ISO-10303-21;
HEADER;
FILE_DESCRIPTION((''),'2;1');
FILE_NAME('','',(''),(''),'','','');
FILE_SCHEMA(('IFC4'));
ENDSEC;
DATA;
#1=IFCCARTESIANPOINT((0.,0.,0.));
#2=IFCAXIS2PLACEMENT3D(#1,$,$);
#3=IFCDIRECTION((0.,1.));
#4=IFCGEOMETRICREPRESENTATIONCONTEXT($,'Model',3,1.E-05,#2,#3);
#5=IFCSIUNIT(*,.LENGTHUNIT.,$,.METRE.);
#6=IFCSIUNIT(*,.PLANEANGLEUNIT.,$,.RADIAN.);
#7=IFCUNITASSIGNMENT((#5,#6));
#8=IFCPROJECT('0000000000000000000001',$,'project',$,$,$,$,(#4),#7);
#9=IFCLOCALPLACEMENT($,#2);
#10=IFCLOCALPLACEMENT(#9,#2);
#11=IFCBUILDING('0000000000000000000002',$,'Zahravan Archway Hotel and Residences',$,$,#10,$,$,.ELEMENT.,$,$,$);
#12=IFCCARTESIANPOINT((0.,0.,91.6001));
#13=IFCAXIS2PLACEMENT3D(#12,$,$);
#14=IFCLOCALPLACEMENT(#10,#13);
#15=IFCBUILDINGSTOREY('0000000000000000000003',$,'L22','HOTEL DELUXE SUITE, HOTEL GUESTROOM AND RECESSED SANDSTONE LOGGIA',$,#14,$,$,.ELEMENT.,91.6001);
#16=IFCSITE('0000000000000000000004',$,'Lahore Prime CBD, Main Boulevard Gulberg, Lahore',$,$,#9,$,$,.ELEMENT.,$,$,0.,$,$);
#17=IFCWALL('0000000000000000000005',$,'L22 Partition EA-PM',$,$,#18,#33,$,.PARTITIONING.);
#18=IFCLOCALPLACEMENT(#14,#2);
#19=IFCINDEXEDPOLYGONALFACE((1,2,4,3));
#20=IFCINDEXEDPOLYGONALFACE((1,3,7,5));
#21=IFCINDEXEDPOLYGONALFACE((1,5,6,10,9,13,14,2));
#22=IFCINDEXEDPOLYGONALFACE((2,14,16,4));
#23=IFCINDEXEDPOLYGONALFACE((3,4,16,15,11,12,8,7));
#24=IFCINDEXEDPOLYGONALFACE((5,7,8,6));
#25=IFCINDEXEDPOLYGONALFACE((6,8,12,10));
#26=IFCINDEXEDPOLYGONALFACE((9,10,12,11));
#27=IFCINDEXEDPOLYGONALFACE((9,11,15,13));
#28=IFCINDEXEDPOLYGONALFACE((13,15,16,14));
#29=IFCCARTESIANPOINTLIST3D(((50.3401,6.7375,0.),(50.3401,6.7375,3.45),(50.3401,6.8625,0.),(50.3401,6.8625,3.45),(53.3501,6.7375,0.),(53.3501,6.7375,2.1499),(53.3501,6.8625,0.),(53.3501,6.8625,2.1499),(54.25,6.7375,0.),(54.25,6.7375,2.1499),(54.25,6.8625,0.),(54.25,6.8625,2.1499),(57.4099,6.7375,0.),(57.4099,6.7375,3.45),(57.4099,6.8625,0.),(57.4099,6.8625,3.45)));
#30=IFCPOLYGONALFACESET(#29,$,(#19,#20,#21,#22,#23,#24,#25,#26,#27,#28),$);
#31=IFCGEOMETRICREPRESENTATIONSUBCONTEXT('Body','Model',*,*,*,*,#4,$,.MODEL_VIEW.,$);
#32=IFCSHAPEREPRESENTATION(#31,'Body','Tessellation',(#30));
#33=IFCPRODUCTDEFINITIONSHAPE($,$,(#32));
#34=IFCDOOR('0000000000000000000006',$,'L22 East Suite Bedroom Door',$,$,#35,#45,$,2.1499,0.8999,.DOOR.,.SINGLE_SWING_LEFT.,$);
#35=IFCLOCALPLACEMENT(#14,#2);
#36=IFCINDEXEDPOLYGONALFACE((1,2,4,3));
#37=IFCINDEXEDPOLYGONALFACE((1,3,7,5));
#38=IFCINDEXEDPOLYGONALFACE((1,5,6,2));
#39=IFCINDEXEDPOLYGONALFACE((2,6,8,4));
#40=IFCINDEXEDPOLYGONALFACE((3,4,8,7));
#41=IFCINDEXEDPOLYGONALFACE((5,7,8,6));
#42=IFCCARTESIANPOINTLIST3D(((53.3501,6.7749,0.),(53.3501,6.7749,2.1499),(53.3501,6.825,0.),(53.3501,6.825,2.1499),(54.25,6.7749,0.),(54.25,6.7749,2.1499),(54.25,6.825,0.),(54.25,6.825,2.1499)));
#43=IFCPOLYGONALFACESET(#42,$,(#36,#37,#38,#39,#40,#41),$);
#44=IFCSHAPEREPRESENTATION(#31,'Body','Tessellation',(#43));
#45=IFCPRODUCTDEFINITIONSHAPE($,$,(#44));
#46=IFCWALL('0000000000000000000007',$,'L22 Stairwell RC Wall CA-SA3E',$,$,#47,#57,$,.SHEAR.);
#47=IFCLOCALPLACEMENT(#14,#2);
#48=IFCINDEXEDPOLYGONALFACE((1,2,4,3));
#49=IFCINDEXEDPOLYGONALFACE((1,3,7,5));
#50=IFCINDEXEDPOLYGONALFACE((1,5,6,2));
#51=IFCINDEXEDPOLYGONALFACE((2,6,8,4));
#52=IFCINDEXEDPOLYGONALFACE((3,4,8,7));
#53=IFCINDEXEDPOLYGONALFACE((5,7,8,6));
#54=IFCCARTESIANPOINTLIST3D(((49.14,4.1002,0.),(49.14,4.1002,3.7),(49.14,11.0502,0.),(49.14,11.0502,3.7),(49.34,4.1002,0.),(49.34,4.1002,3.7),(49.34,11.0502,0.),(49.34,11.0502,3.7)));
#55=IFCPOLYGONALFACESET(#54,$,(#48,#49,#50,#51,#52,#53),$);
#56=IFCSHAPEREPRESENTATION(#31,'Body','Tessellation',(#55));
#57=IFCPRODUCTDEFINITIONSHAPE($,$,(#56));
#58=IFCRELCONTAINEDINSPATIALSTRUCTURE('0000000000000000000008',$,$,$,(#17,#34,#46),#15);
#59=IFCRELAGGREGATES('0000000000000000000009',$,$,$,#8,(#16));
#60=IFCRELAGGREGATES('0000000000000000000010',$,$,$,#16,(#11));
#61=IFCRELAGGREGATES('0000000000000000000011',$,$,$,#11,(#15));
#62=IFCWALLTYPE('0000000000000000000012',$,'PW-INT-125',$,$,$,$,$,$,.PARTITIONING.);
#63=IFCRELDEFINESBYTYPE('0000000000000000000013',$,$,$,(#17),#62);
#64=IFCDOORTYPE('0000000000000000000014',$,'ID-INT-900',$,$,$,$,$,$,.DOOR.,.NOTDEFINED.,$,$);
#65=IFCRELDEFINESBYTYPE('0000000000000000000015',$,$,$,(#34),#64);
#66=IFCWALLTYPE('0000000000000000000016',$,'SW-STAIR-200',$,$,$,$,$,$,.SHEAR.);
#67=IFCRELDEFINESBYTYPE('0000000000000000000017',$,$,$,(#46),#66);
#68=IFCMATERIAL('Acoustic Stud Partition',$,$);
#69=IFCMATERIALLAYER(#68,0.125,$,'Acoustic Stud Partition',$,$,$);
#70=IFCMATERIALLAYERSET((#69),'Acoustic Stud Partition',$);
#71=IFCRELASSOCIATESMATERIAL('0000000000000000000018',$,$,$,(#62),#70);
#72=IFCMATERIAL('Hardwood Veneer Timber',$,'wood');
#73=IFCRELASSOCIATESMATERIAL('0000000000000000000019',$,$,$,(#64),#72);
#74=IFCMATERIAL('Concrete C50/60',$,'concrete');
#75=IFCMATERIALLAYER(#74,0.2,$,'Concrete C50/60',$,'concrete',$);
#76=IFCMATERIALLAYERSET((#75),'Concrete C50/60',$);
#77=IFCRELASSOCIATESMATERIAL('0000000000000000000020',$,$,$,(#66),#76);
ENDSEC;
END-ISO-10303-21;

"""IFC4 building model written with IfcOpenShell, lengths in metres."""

from ifc_helpers import new_model, si_unit, direction, frame, frame_2d, origin, place, context, subcontext, project, spatial, rectangle, extrude, source, transform, mapped, material, layer, layer_set, type_object, type_shapes, element, fill, save


model = new_model("IFC4")

# Units and contexts
model_context = context("Model", 3, precision=1e-05, world=origin(), true_north=direction((0.0, 1.0)))
body_context = subcontext(model_context, "Body", "Model", "MODEL_VIEW")
ifc_project = project(units=[si_unit("LENGTHUNIT", "METRE"), si_unit("PLANEANGLEUNIT", "RADIAN")], contexts=[model_context])

# Site, building, storey
site_placement = place(None, origin())
site = spatial("IfcSite", under=ifc_project, at=site_placement, Name="Lahore Prime CBD, Main Boulevard Gulberg, Lahore", CompositionType="ELEMENT", RefElevation=0.0)
building_placement = place(site_placement, origin())
building = spatial("IfcBuilding", under=site, at=building_placement, Name="Zahravan Archway Hotel and Residences", CompositionType="ELEMENT")
storey_placement = place(building_placement, frame((0.0, 0.0, 91.6001)))
storey = spatial("IfcBuildingStorey", under=building, at=storey_placement, Name="L22", Description="HOTEL DELUXE SUITE, HOTEL GUESTROOM AND RECESSED SANDSTONE LOGGIA", CompositionType="ELEMENT", Elevation=91.6001)

# Wall, opening, door
ifc_material_1 = material(Name="Acoustic Stud Partition")
ifc_layer_1 = layer(ifc_material_1, 0.125, Name="Acoustic Stud Partition")
ifc_layer_set_1 = layer_set([ifc_layer_1], Name="Acoustic Stud Partition")
wall_type_1 = type_object("IfcWallType", Name="PW-INT-125", PredefinedType="PARTITIONING", material=ifc_layer_set_1)
wall_1_placement = place(storey_placement, frame((50.3401, 6.8, 0.0), z_axis=(0.0, 0.0, 1.0), x_axis=(1.0, 0.0, 0.0)))
wall_1 = element("IfcWall", 1, at=wall_1_placement, inside=storey, type_object=wall_type_1, Name="L22 Partition EA-PM", PredefinedType="PARTITIONING", context=body_context, shape_type="SweptSolid", body=[
    extrude(rectangle(XDim=7.0698, YDim=0.125, at=frame_2d((3.5349, 0.0))), origin(), (0.0, 0.0, 1.0), 3.45),
])
opening_1_placement = place(wall_1_placement, frame((3.01, 0.0, 0.0)))
opening_1 = element("IfcOpeningElement", 2, at=opening_1_placement, cuts=wall_1, PredefinedType="OPENING", context=body_context, shape_type="SweptSolid", body=[
    extrude(rectangle(XDim=0.8999, YDim=2.1499, at=frame_2d((0.45, 1.075))), frame((0.0, 0.0725, 0.0), z_axis=(0.0, -1.0, 0.0), x_axis=(1.0, 0.0, 0.0)), (0.0, 0.0, 1.0), 0.145),
])
ifc_material_2 = material(Name="Hardwood Veneer Timber", Category="wood")
door_type_1 = type_object("IfcDoorType", Name="ID-INT-900", OperationType="NOTDEFINED", PredefinedType="DOOR", material=ifc_material_2)
shared_shape_1 = source(origin(), body_context, "Body", "SweptSolid", [
    extrude(rectangle(XDim=0.8999, YDim=2.1499, at=frame_2d((0.45, 1.075))), frame((0.0, 0.0249, 0.0), z_axis=(0.0, -1.0, 0.0), x_axis=(1.0, 0.0, 0.0)), (0.0, 0.0, 1.0), 0.05),
])
type_shapes(door_type_1, [shared_shape_1])
door_1_placement = place(opening_1_placement, origin())
door_1 = element("IfcDoor", 3, at=door_1_placement, inside=storey, type_object=door_type_1, Name="L22 East Suite Bedroom Door", OperationType="SINGLE_SWING_LEFT", OverallHeight=2.1499, OverallWidth=0.8999, PredefinedType="DOOR", context=body_context, shape_type="MappedRepresentation", body=[
    mapped(shared_shape_1, transform((0.0, 0.0, 0.0), scale=1.0)),
])
fill(opening_1, door_1)

# Wall
ifc_material_3 = material(Name="Concrete C50/60", Category="concrete")
ifc_layer_2 = layer(ifc_material_3, 0.2, Name="Concrete C50/60", Category="concrete")
ifc_layer_set_2 = layer_set([ifc_layer_2], Name="Concrete C50/60")
wall_type_2 = type_object("IfcWallType", Name="SW-STAIR-200", PredefinedType="SHEAR", material=ifc_layer_set_2)
wall_2_placement = place(storey_placement, frame((49.24, 4.1001, 0.0), z_axis=(0.0, 0.0, 1.0), x_axis=(0.0, 1.0, 0.0)))
element("IfcWall", 4, at=wall_2_placement, inside=storey, type_object=wall_type_2, Name="L22 Stairwell RC Wall CA-SA3E", PredefinedType="SHEAR", context=body_context, shape_type="SweptSolid", body=[
    extrude(rectangle(XDim=6.95, YDim=0.2, at=frame_2d((3.4751, 0.0))), origin(), (0.0, 0.0, 1.0), 3.7),
])

save(model, "model.ifc")
